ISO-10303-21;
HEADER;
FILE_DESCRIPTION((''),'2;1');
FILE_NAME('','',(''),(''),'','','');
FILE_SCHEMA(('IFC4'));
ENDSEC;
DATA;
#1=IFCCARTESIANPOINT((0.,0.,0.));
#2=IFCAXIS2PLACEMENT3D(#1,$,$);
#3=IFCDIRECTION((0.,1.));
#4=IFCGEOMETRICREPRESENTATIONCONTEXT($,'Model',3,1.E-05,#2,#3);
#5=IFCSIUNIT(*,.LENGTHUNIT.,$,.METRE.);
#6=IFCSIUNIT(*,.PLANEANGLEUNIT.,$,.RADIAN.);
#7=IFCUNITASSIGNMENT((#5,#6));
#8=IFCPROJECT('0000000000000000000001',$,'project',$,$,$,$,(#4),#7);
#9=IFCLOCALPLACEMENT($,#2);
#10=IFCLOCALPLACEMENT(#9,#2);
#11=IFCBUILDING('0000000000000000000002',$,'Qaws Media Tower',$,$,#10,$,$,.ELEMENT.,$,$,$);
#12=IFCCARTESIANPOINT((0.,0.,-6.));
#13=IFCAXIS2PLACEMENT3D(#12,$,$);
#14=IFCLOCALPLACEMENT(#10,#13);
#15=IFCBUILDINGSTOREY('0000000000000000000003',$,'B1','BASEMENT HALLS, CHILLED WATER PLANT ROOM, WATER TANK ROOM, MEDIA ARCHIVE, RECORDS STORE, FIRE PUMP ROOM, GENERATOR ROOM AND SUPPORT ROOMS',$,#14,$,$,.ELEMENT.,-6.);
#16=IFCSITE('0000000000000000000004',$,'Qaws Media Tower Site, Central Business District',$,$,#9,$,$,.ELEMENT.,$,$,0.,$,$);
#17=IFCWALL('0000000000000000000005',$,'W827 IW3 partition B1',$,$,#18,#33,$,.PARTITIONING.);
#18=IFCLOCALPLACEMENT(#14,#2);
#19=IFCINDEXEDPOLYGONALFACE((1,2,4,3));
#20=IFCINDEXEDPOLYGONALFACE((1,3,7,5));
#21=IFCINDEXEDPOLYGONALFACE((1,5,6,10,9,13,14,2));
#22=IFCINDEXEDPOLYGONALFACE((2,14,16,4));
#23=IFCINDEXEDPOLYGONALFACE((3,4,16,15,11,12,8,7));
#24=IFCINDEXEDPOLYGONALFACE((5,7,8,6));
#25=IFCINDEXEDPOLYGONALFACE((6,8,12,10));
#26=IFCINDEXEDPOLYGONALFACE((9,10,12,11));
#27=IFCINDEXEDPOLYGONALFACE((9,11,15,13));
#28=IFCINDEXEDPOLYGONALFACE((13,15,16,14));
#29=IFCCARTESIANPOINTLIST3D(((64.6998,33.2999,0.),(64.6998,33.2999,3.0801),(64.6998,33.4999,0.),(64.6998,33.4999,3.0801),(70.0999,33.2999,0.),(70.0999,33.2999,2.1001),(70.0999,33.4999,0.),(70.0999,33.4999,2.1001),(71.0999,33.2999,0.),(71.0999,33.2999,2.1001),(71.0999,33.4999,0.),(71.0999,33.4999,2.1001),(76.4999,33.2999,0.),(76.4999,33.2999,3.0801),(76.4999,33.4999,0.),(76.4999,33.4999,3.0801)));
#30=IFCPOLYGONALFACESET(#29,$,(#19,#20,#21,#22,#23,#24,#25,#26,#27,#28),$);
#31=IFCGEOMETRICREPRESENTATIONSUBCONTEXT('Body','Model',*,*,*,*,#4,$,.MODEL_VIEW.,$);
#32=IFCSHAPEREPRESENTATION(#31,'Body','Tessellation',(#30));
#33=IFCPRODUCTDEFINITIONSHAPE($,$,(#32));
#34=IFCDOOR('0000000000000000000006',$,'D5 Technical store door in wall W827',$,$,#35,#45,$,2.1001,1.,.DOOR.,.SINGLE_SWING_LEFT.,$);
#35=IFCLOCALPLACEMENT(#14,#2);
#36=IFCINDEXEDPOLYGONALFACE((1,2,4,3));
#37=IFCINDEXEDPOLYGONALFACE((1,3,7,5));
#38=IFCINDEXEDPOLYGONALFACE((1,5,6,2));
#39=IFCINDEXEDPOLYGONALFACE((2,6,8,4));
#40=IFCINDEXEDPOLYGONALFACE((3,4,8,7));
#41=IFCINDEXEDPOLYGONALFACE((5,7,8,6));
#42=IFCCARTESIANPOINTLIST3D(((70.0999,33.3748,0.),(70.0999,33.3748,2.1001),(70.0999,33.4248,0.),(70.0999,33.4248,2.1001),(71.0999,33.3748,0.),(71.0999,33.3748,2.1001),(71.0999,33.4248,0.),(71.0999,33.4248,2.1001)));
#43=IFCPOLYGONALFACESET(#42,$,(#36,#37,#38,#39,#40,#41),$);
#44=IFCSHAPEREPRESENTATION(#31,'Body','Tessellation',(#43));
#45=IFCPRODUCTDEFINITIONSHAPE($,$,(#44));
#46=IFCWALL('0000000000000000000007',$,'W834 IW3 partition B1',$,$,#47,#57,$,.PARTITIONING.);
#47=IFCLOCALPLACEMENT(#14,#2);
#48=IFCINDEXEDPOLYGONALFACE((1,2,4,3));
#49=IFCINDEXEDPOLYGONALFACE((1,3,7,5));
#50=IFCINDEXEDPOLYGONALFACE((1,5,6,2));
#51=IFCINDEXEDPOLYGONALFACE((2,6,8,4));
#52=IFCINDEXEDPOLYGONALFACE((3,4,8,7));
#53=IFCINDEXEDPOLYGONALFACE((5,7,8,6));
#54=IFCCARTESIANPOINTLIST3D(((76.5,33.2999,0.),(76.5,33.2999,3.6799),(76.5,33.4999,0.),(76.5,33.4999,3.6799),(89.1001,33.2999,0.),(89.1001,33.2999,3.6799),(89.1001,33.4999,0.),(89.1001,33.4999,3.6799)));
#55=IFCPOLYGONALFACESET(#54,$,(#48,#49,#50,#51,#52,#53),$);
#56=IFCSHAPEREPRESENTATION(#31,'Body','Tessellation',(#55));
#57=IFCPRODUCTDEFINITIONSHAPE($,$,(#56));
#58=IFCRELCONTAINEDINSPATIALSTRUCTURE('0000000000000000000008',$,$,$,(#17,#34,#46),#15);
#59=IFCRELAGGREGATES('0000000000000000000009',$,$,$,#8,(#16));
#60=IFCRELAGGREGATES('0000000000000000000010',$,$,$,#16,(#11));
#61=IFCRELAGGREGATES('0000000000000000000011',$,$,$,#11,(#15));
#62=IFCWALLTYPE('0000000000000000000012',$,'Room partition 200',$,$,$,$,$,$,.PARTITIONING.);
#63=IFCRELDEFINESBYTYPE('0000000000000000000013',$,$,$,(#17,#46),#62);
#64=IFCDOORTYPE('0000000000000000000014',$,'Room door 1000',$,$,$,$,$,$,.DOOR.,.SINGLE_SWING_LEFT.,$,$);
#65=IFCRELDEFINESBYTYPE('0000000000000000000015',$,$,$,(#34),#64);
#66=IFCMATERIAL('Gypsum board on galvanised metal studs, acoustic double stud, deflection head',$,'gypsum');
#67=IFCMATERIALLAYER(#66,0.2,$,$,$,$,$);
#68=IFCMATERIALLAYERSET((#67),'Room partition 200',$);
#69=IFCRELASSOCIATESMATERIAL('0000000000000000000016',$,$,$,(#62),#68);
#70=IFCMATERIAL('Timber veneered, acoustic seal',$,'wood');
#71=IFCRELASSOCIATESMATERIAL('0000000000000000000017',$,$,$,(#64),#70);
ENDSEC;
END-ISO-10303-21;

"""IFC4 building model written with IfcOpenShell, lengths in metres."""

from ifc_helpers import new_model, si_unit, direction, frame, frame_2d, origin, place, context, subcontext, project, spatial, rectangle, extrude, material, layer, layer_set, type_object, element, fill, save


model = new_model("IFC4")

# Units and contexts
model_context = context("Model", 3, precision=1e-05, world=origin(), true_north=direction((0.0, 1.0)))
body_context = subcontext(model_context, "Body", "Model", "MODEL_VIEW")
ifc_project = project(units=[si_unit("LENGTHUNIT", "METRE"), si_unit("PLANEANGLEUNIT", "RADIAN")], contexts=[model_context])

# Site, building, storey
site_placement = place(None, origin())
site = spatial("IfcSite", under=ifc_project, at=site_placement, Name="Qaws Media Tower Site, Central Business District", CompositionType="ELEMENT", RefElevation=0.0)
building_placement = place(site_placement, origin())
building = spatial("IfcBuilding", under=site, at=building_placement, Name="Qaws Media Tower", CompositionType="ELEMENT")
storey_placement = place(building_placement, frame((0.0, 0.0, -6.0)))
storey = spatial("IfcBuildingStorey", under=building, at=storey_placement, Name="B1", Description="BASEMENT HALLS, CHILLED WATER PLANT ROOM, WATER TANK ROOM, MEDIA ARCHIVE, RECORDS STORE, FIRE PUMP ROOM, GENERATOR ROOM AND SUPPORT ROOMS", CompositionType="ELEMENT", Elevation=-6.0)

# Shared definitions
ifc_material_1 = material(Name="Gypsum board on galvanised metal studs, acoustic double stud, deflection head", Category="gypsum")
ifc_layer = layer(ifc_material_1, 0.2)
ifc_layer_set = layer_set([ifc_layer], Name="Room partition 200")
wall_type = type_object("IfcWallType", Name="Room partition 200", PredefinedType="PARTITIONING", material=ifc_layer_set)

# Wall, opening, door
wall_1_placement = place(storey_placement, frame((64.7, 33.3999, 0.0), z_axis=(0.0, 0.0, 1.0), x_axis=(1.0, 0.0, 0.0)))
wall_1 = element("IfcWall", 1, at=wall_1_placement, inside=storey, type_object=wall_type, Name="W827 IW3 partition B1", PredefinedType="PARTITIONING", context=body_context, shape_type="SweptSolid", body=[
    extrude(rectangle(XDim=11.8, YDim=0.2, at=frame_2d((5.8999, 0.0))), origin(), (0.0, 0.0, 1.0), 3.0801),
])
opening_placement = place(wall_1_placement, frame((5.3999, 0.0, 0.0)))
opening = element("IfcOpeningElement", 2, at=opening_placement, cuts=wall_1, PredefinedType="OPENING", context=body_context, shape_type="SweptSolid", body=[
    extrude(rectangle(XDim=1.0, YDim=2.1001, at=frame_2d((0.5, 1.05))), frame((0.0, 0.1099, 0.0), z_axis=(0.0, -1.0, 0.0), x_axis=(1.0, 0.0, 0.0)), (0.0, 0.0, 1.0), 0.22),
])
ifc_material_2 = material(Name="Timber veneered, acoustic seal", Category="wood")
door_type = type_object("IfcDoorType", Name="Room door 1000", OperationType="SINGLE_SWING_LEFT", PredefinedType="DOOR", material=ifc_material_2)
door_placement = place(opening_placement, origin())
door = element("IfcDoor", 3, at=door_placement, inside=storey, type_object=door_type, Name="D5 Technical store door in wall W827", OperationType="SINGLE_SWING_LEFT", OverallHeight=2.1001, OverallWidth=1.0, PredefinedType="DOOR", context=body_context, shape_type="SweptSolid", body=[
    extrude(rectangle(XDim=1.0, YDim=2.1001, at=frame_2d((0.5, 1.05))), frame((0.0, 0.0249, 0.0), z_axis=(0.0, -1.0, 0.0), x_axis=(1.0, 0.0, 0.0)), (0.0, 0.0, 1.0), 0.05),
])
fill(opening, door)

# Wall
wall_2_placement = place(storey_placement, frame((76.5, 33.3999, 0.0), z_axis=(0.0, 0.0, 1.0), x_axis=(1.0, 0.0, 0.0)))
element("IfcWall", 4, at=wall_2_placement, inside=storey, type_object=wall_type, Name="W834 IW3 partition B1", PredefinedType="PARTITIONING", context=body_context, shape_type="SweptSolid", body=[
    extrude(rectangle(XDim=12.6001, YDim=0.2, at=frame_2d((6.3, 0.0))), origin(), (0.0, 0.0, 1.0), 3.6799),
])

save(model, "model.ifc")
